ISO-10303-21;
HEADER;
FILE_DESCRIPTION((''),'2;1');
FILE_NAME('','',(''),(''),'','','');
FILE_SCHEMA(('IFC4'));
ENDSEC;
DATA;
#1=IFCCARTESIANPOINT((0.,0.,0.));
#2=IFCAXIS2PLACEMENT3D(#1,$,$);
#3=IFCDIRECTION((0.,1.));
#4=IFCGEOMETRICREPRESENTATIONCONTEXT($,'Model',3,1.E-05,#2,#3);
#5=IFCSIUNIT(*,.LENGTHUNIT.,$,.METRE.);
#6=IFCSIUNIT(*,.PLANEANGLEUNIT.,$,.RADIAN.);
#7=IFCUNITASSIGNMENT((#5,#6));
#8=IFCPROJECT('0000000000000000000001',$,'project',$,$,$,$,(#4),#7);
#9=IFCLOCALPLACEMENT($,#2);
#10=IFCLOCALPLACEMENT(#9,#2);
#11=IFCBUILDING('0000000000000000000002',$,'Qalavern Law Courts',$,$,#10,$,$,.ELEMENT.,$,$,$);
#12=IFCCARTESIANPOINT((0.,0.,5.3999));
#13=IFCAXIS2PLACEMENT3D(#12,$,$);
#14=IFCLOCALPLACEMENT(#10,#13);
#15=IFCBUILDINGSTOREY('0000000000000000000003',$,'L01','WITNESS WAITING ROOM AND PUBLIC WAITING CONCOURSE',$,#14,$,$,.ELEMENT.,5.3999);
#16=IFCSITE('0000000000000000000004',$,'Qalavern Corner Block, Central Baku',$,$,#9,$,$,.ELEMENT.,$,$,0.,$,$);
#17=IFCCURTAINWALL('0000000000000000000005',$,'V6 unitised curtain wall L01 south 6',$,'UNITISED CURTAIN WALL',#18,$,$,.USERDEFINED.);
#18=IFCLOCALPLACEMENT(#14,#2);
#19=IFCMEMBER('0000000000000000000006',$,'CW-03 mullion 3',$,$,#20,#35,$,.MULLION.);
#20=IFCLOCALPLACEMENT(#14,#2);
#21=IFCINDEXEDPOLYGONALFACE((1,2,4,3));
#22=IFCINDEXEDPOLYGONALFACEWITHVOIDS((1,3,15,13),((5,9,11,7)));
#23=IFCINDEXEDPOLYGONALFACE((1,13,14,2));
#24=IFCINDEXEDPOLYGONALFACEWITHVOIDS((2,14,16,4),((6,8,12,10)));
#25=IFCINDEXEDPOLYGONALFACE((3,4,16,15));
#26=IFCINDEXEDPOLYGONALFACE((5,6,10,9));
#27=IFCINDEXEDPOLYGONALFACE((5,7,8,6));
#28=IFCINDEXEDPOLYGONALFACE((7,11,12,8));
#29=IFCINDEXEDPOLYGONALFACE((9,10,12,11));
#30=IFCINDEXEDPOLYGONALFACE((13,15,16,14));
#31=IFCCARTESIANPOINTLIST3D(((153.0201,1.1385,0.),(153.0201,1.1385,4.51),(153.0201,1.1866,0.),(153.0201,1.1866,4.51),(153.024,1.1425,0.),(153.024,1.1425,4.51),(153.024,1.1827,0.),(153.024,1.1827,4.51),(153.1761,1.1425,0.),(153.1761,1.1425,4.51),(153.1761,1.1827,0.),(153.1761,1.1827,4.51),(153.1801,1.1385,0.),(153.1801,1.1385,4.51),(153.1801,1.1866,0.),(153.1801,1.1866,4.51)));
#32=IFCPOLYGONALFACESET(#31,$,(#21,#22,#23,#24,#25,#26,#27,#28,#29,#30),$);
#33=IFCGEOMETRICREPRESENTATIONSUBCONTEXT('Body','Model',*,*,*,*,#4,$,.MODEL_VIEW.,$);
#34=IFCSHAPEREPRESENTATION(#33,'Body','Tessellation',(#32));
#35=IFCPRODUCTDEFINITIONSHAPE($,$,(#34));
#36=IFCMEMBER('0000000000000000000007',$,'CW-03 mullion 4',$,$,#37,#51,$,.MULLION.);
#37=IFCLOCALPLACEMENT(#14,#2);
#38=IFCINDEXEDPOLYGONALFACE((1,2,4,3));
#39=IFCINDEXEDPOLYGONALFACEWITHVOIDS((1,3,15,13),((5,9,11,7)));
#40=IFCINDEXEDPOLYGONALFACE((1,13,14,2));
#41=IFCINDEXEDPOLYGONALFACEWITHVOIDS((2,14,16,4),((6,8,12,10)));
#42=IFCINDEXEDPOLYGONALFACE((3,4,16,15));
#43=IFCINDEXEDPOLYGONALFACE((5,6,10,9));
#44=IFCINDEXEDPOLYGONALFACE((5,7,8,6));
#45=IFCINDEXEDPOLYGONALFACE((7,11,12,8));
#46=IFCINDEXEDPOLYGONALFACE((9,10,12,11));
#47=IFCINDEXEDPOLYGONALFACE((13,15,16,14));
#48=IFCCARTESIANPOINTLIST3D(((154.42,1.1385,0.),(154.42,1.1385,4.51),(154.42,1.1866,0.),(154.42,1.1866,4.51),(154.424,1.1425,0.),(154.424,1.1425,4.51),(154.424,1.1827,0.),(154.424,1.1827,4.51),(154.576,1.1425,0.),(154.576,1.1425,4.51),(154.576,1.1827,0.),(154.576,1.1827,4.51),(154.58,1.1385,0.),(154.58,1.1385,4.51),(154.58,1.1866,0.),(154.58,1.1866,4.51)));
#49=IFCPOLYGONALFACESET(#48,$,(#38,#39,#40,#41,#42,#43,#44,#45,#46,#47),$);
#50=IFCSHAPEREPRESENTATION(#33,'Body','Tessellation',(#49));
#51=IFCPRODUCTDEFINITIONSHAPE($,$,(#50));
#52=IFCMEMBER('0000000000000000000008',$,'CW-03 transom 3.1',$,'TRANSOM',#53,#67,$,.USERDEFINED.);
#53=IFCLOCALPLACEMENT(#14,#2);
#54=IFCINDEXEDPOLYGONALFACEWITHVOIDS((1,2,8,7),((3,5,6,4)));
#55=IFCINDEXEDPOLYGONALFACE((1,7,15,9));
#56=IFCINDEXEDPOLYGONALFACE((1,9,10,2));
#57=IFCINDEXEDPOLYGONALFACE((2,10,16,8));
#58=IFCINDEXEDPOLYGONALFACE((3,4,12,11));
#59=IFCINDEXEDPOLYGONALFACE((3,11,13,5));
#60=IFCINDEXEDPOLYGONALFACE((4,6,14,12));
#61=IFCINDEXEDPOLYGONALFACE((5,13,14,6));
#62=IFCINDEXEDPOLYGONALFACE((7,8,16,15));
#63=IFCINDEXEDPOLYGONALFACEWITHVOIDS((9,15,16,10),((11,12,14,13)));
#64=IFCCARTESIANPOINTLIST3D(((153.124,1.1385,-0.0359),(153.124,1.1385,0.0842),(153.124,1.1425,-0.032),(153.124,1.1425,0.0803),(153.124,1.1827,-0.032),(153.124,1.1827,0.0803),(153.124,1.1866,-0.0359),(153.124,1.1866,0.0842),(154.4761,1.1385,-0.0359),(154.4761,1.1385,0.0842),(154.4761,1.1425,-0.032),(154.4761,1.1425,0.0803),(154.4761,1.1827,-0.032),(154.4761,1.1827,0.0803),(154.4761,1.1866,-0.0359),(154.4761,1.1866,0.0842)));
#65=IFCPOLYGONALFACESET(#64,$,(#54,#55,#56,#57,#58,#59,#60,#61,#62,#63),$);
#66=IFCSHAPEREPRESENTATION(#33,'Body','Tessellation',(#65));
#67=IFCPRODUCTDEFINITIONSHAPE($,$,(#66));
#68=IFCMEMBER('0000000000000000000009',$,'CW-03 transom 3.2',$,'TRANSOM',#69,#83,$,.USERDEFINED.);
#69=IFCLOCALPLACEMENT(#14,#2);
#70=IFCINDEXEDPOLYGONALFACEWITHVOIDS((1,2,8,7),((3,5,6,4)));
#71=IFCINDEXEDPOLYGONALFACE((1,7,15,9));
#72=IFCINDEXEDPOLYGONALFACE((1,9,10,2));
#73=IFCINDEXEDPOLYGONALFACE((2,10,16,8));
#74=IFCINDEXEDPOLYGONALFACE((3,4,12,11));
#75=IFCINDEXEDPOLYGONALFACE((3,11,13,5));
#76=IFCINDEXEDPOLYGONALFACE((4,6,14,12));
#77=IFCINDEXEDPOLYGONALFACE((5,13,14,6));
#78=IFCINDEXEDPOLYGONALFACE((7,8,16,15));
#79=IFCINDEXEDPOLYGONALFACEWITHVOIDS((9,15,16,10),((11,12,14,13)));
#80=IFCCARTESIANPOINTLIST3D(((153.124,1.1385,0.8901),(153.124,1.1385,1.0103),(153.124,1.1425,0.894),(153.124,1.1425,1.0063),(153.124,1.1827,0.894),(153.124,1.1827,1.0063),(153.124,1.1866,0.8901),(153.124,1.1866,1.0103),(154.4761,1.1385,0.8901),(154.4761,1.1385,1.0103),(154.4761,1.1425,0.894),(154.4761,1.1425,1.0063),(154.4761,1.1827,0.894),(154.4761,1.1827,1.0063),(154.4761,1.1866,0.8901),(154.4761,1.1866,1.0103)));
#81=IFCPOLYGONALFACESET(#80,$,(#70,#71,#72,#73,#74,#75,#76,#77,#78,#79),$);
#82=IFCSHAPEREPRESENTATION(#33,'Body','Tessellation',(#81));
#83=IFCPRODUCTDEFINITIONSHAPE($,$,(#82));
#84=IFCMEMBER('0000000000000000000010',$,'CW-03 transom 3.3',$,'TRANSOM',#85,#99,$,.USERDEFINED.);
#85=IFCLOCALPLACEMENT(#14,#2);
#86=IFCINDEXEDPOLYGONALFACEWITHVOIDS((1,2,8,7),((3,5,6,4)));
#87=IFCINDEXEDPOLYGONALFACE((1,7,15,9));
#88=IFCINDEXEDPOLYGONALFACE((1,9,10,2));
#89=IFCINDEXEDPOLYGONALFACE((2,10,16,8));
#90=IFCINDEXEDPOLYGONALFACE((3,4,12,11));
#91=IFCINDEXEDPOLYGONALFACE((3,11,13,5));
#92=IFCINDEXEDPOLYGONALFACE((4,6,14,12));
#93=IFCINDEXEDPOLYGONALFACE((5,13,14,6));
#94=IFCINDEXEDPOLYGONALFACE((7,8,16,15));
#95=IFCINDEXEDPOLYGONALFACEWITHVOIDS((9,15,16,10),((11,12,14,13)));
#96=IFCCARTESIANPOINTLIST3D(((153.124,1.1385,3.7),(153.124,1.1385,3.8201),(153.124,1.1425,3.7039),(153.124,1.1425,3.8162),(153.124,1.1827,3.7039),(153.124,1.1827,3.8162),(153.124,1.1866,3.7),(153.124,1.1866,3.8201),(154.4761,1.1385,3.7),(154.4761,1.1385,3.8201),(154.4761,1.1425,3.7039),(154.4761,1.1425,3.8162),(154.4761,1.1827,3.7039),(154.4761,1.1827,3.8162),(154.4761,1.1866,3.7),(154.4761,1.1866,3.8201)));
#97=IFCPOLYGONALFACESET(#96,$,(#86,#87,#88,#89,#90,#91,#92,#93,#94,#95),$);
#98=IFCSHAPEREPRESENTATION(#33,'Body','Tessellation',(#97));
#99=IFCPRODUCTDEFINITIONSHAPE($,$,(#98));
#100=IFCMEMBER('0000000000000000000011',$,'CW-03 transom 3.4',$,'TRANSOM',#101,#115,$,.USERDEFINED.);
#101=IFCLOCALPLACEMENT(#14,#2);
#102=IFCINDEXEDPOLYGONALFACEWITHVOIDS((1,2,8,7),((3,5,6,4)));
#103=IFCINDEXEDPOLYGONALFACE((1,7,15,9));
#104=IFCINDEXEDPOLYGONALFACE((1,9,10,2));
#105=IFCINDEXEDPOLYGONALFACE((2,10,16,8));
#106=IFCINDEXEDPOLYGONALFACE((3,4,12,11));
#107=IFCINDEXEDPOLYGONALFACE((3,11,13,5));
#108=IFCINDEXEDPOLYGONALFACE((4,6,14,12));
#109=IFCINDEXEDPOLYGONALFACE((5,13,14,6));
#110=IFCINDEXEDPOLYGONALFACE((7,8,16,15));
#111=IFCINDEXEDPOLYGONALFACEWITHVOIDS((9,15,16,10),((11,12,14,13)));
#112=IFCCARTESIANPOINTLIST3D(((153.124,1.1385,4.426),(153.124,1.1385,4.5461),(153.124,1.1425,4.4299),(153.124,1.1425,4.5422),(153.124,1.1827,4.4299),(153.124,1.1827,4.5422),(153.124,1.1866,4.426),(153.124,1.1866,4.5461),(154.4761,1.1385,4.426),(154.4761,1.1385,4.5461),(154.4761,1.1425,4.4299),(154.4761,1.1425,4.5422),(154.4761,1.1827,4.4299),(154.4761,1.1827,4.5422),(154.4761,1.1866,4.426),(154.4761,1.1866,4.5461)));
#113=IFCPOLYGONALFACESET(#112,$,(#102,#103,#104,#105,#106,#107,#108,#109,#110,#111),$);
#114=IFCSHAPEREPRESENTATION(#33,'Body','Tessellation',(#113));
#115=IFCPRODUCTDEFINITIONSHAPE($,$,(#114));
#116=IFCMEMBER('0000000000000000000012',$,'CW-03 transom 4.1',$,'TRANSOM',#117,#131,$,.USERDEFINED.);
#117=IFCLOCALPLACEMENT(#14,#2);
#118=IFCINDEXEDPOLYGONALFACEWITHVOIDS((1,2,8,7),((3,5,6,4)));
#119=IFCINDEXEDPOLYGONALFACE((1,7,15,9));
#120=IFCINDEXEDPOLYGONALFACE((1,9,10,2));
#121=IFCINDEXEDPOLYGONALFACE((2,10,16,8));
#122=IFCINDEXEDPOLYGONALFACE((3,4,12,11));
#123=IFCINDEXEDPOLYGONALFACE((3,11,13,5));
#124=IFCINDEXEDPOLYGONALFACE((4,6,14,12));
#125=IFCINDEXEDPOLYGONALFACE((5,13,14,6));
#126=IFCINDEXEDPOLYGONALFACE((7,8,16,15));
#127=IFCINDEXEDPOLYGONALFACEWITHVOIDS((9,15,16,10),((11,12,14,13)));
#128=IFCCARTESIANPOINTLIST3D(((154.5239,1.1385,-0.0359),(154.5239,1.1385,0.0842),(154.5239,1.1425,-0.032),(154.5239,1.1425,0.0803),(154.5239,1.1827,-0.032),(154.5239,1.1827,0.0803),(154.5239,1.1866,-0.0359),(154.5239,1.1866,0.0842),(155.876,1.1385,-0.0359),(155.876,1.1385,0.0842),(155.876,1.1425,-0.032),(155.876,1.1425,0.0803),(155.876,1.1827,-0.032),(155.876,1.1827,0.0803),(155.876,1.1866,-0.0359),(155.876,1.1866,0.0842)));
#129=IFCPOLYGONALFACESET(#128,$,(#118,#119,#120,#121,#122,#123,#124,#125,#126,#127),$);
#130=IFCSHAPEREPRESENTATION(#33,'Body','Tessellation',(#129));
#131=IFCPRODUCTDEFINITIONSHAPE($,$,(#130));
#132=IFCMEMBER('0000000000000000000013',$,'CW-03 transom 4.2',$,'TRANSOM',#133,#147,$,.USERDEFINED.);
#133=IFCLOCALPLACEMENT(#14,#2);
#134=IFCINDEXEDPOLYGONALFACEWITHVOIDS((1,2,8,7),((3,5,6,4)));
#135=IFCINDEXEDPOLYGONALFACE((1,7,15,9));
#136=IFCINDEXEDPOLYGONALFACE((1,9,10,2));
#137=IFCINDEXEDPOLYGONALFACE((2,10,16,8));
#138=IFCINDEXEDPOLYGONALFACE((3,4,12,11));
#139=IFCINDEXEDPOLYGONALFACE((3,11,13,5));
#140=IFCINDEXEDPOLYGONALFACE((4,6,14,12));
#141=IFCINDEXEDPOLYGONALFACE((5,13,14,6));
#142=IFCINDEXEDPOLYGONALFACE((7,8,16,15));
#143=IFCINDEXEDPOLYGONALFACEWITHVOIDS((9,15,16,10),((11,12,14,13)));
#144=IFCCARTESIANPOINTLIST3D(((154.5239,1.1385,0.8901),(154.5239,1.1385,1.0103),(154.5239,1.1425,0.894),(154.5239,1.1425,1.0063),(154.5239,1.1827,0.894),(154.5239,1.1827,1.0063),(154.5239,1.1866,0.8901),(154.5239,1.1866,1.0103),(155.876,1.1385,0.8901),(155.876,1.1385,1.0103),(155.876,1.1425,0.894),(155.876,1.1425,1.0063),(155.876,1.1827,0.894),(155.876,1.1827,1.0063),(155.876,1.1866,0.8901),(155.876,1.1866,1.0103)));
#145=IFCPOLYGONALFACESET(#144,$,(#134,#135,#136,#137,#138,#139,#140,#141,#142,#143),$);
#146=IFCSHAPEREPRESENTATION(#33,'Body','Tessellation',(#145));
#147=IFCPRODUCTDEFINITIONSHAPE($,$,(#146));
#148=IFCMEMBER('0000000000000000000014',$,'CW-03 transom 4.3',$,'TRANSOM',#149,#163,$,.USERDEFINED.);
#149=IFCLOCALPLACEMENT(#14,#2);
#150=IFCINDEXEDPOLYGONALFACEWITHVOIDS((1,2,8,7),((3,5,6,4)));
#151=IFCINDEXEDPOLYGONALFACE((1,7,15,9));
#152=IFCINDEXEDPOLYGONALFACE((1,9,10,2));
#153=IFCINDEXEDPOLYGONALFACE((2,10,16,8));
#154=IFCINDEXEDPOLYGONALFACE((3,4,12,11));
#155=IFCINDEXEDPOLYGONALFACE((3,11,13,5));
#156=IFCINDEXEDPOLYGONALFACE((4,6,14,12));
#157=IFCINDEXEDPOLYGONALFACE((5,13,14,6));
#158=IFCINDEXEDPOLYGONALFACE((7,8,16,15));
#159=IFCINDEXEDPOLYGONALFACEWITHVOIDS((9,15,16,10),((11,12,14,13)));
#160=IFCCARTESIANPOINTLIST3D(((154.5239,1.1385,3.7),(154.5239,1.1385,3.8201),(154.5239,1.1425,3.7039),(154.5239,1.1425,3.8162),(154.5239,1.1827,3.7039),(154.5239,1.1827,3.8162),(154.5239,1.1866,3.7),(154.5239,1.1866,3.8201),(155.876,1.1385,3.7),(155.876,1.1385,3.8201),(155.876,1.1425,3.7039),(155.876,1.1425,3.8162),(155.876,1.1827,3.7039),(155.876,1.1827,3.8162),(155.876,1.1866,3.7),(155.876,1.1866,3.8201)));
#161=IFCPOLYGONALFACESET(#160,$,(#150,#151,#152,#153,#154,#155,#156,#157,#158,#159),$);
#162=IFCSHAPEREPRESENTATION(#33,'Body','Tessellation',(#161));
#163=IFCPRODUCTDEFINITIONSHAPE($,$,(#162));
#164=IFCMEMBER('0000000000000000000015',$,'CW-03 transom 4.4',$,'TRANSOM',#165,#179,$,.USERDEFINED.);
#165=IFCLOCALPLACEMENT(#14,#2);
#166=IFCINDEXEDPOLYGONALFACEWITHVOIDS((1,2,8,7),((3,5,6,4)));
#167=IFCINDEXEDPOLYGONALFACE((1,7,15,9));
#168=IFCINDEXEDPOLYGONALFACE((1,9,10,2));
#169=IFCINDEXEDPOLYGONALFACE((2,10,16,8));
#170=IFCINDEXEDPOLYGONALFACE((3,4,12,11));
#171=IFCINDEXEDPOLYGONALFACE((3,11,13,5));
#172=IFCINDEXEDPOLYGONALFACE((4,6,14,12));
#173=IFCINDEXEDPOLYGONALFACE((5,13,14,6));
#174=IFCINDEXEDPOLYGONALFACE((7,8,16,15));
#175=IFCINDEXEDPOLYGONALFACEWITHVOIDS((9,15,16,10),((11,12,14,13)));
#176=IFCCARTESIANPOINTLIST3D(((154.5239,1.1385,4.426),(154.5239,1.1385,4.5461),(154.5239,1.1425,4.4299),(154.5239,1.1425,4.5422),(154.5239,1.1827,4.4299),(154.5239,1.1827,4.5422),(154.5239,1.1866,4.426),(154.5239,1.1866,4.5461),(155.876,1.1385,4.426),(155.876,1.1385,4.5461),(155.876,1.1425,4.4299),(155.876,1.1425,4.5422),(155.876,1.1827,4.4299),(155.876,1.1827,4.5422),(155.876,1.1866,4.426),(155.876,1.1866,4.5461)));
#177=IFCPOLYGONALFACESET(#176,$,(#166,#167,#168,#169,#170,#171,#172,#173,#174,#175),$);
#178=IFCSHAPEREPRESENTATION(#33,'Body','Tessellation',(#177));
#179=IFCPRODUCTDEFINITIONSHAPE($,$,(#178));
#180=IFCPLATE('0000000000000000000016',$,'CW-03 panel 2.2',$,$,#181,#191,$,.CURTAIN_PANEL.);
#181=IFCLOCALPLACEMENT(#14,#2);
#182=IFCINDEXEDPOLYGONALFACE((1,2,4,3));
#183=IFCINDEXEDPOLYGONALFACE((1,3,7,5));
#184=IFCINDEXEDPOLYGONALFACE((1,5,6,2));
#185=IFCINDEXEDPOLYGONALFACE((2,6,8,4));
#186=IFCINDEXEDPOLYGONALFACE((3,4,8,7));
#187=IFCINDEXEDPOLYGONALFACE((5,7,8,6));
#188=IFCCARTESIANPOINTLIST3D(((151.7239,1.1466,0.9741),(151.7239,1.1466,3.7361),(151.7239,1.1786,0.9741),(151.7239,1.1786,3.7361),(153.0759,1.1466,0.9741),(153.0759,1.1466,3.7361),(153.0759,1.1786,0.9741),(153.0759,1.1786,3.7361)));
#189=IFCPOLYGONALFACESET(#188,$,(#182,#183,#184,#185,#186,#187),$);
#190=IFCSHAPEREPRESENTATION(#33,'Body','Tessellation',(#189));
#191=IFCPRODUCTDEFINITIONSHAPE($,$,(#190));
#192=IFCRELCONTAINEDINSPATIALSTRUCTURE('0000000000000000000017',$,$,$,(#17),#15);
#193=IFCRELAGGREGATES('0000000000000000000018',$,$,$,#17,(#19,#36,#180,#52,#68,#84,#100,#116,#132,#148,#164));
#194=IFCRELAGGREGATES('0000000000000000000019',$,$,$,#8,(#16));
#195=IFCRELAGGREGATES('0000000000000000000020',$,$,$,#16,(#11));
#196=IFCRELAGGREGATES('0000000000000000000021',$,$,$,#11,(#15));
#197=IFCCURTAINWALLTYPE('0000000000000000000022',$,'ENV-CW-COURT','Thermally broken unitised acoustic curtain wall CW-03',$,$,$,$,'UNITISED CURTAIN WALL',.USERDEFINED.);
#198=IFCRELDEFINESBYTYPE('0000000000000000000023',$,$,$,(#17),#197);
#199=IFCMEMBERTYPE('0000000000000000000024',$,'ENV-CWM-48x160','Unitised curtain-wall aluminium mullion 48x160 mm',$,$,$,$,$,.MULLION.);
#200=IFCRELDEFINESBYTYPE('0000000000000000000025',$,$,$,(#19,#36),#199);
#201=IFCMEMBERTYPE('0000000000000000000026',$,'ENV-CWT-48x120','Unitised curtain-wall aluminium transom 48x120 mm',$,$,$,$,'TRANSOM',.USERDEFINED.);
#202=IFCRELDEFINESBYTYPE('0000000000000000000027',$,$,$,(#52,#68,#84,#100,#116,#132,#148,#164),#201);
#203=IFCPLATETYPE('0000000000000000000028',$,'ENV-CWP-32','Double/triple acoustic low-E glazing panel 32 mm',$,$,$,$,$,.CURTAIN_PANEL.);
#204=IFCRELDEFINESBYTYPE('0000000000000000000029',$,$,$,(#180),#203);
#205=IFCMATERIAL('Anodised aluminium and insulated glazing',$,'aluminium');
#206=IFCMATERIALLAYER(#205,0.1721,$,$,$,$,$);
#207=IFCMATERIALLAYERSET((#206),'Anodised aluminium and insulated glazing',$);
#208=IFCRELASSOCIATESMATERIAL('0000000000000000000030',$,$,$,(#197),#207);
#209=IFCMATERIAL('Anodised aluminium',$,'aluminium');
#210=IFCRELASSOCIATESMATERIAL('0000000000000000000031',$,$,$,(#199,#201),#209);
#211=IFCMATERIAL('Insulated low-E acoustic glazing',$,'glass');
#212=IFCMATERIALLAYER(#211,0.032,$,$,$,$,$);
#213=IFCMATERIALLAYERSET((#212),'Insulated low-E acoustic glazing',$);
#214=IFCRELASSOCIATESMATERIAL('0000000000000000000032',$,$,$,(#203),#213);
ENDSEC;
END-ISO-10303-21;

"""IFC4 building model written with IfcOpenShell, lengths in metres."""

from ifc_helpers import new_model, si_unit, direction, frame, origin, origin_2d, place, context, subcontext, project, spatial, rectangle, hollow_rectangle, extrude, material, layer, layer_set, material_profile, profile_set, type_object, element, aggregate, save


model = new_model("IFC4")

# Units and contexts
model_context = context("Model", 3, precision=1e-05, world=origin(), true_north=direction((0.0, 1.0)))
body_context = subcontext(model_context, "Body", "Model", "MODEL_VIEW")
ifc_project = project(units=[si_unit("LENGTHUNIT", "METRE"), si_unit("PLANEANGLEUNIT", "RADIAN")], contexts=[model_context])

# Site, building, storey
site_placement = place(None, origin())
site = spatial("IfcSite", under=ifc_project, at=site_placement, Name="Qalavern Corner Block, Central Baku", CompositionType="ELEMENT", RefElevation=0.0)
building_placement = place(site_placement, origin())
building = spatial("IfcBuilding", under=site, at=building_placement, Name="Qalavern Law Courts", CompositionType="ELEMENT")
storey_placement = place(building_placement, frame((0.0, 0.0, 5.3999)))
storey = spatial("IfcBuildingStorey", under=building, at=storey_placement, Name="L01", Description="WITNESS WAITING ROOM AND PUBLIC WAITING CONCOURSE", CompositionType="ELEMENT", Elevation=5.3999)

# Curtain wall, members, plate
ifc_material_1 = material(Name="Anodised aluminium and insulated glazing", Category="aluminium")
ifc_layer_1 = layer(ifc_material_1, 0.1721)
ifc_layer_set_1 = layer_set([ifc_layer_1], Name="Anodised aluminium and insulated glazing")
curtain_wall_type = type_object("IfcCurtainWallType", Name="ENV-CW-COURT", Description="Thermally broken unitised acoustic curtain wall CW-03", ElementType="UNITISED CURTAIN WALL", PredefinedType="USERDEFINED", material=ifc_layer_set_1)
curtain_wall_placement = place(storey_placement, origin())
curtain_wall = element("IfcCurtainWall", 1, at=curtain_wall_placement, inside=storey, type_object=curtain_wall_type, Name="V6 unitised curtain wall L01 south 6", ObjectType="UNITISED CURTAIN WALL", PredefinedType="USERDEFINED")
ifc_material_2 = material(Name="Anodised aluminium", Category="aluminium")
ifc_material_profile_1 = material_profile(ifc_material_2, hollow_rectangle(XDim=0.0481, YDim=0.1599, WallThickness=0.0039, at=origin_2d()), Name="ALU MULLION 48x160")
ifc_profile_set_1 = profile_set([ifc_material_profile_1], Name="Anodised aluminium")
member_type_1 = type_object("IfcMemberType", Name="ENV-CWM-48x160", Description="Unitised curtain-wall aluminium mullion 48x160 mm", PredefinedType="MULLION", material=ifc_profile_set_1)
member_1_placement = place(storey_placement, frame((153.1001, 1.1626, 0.0), z_axis=(0.0, 0.0, 1.0), x_axis=(0.0, 1.0, 0.0)))
member_1 = element("IfcMember", 2, at=member_1_placement, type_object=member_type_1, Name="CW-03 mullion 3", PredefinedType="MULLION", context=body_context, shape_type="SweptSolid", body=[
    extrude(hollow_rectangle(XDim=0.0481, YDim=0.1599, WallThickness=0.0039, at=origin_2d()), origin(), (0.0, 0.0, 1.0), 4.51),
])
member_2_placement = place(storey_placement, frame((154.5, 1.1626, 0.0), z_axis=(0.0, 0.0, 1.0), x_axis=(0.0, 1.0, 0.0)))
member_2 = element("IfcMember", 3, at=member_2_placement, type_object=member_type_1, Name="CW-03 mullion 4", PredefinedType="MULLION", context=body_context, shape_type="SweptSolid", body=[
    extrude(hollow_rectangle(XDim=0.0481, YDim=0.1599, WallThickness=0.0039, at=origin_2d()), origin(), (0.0, 0.0, 1.0), 4.51),
])
ifc_material_profile_2 = material_profile(ifc_material_2, hollow_rectangle(XDim=0.0481, YDim=0.1201, WallThickness=0.0039, at=origin_2d()), Name="ALU TRANSOM 48x120")
ifc_profile_set_2 = profile_set([ifc_material_profile_2], Name="Anodised aluminium")
member_type_2 = type_object("IfcMemberType", Name="ENV-CWT-48x120", Description="Unitised curtain-wall aluminium transom 48x120 mm", ElementType="TRANSOM", PredefinedType="USERDEFINED", material=ifc_profile_set_2)
member_3_placement = place(storey_placement, frame((153.124, 1.1626, 0.0242), z_axis=(1.0, 0.0, 0.0), x_axis=(0.0, 1.0, 0.0)))
member_3 = element("IfcMember", 4, at=member_3_placement, type_object=member_type_2, Name="CW-03 transom 3.1", ObjectType="TRANSOM", PredefinedType="USERDEFINED", context=body_context, shape_type="SweptSolid", body=[
    extrude(hollow_rectangle(XDim=0.0481, YDim=0.1201, WallThickness=0.0039, at=origin_2d()), origin(), (0.0, 0.0, 1.0), 1.3521),
])
member_4_placement = place(storey_placement, frame((153.124, 1.1626, 0.9502), z_axis=(1.0, 0.0, 0.0), x_axis=(0.0, 1.0, 0.0)))
member_4 = element("IfcMember", 5, at=member_4_placement, type_object=member_type_2, Name="CW-03 transom 3.2", ObjectType="TRANSOM", PredefinedType="USERDEFINED", context=body_context, shape_type="SweptSolid", body=[
    extrude(hollow_rectangle(XDim=0.0481, YDim=0.1201, WallThickness=0.0039, at=origin_2d()), origin(), (0.0, 0.0, 1.0), 1.3521),
])
member_5_placement = place(storey_placement, frame((153.124, 1.1626, 3.76), z_axis=(1.0, 0.0, 0.0), x_axis=(0.0, 1.0, 0.0)))
member_5 = element("IfcMember", 6, at=member_5_placement, type_object=member_type_2, Name="CW-03 transom 3.3", ObjectType="TRANSOM", PredefinedType="USERDEFINED", context=body_context, shape_type="SweptSolid", body=[
    extrude(hollow_rectangle(XDim=0.0481, YDim=0.1201, WallThickness=0.0039, at=origin_2d()), origin(), (0.0, 0.0, 1.0), 1.3521),
])
member_6_placement = place(storey_placement, frame((153.124, 1.1626, 4.4861), z_axis=(1.0, 0.0, 0.0), x_axis=(0.0, 1.0, 0.0)))
member_6 = element("IfcMember", 7, at=member_6_placement, type_object=member_type_2, Name="CW-03 transom 3.4", ObjectType="TRANSOM", PredefinedType="USERDEFINED", context=body_context, shape_type="SweptSolid", body=[
    extrude(hollow_rectangle(XDim=0.0481, YDim=0.1201, WallThickness=0.0039, at=origin_2d()), origin(), (0.0, 0.0, 1.0), 1.3521),
])
member_7_placement = place(storey_placement, frame((154.5239, 1.1626, 0.0242), z_axis=(1.0, 0.0, 0.0), x_axis=(0.0, 1.0, 0.0)))
member_7 = element("IfcMember", 8, at=member_7_placement, type_object=member_type_2, Name="CW-03 transom 4.1", ObjectType="TRANSOM", PredefinedType="USERDEFINED", context=body_context, shape_type="SweptSolid", body=[
    extrude(hollow_rectangle(XDim=0.0481, YDim=0.1201, WallThickness=0.0039, at=origin_2d()), origin(), (0.0, 0.0, 1.0), 1.3521),
])
member_8_placement = place(storey_placement, frame((154.5239, 1.1626, 0.9502), z_axis=(1.0, 0.0, 0.0), x_axis=(0.0, 1.0, 0.0)))
member_8 = element("IfcMember", 9, at=member_8_placement, type_object=member_type_2, Name="CW-03 transom 4.2", ObjectType="TRANSOM", PredefinedType="USERDEFINED", context=body_context, shape_type="SweptSolid", body=[
    extrude(hollow_rectangle(XDim=0.0481, YDim=0.1201, WallThickness=0.0039, at=origin_2d()), origin(), (0.0, 0.0, 1.0), 1.3521),
])
member_9_placement = place(storey_placement, frame((154.5239, 1.1626, 3.76), z_axis=(1.0, 0.0, 0.0), x_axis=(0.0, 1.0, 0.0)))
member_9 = element("IfcMember", 10, at=member_9_placement, type_object=member_type_2, Name="CW-03 transom 4.3", ObjectType="TRANSOM", PredefinedType="USERDEFINED", context=body_context, shape_type="SweptSolid", body=[
    extrude(hollow_rectangle(XDim=0.0481, YDim=0.1201, WallThickness=0.0039, at=origin_2d()), origin(), (0.0, 0.0, 1.0), 1.3521),
])
member_10_placement = place(storey_placement, frame((154.5239, 1.1626, 4.4861), z_axis=(1.0, 0.0, 0.0), x_axis=(0.0, 1.0, 0.0)))
member_10 = element("IfcMember", 11, at=member_10_placement, type_object=member_type_2, Name="CW-03 transom 4.4", ObjectType="TRANSOM", PredefinedType="USERDEFINED", context=body_context, shape_type="SweptSolid", body=[
    extrude(hollow_rectangle(XDim=0.0481, YDim=0.1201, WallThickness=0.0039, at=origin_2d()), origin(), (0.0, 0.0, 1.0), 1.3521),
])
ifc_material_3 = material(Name="Insulated low-E acoustic glazing", Category="glass")
ifc_layer_2 = layer(ifc_material_3, 0.032)
ifc_layer_set_2 = layer_set([ifc_layer_2], Name="Insulated low-E acoustic glazing")
plate_type = type_object("IfcPlateType", Name="ENV-CWP-32", Description="Double/triple acoustic low-E glazing panel 32 mm", PredefinedType="CURTAIN_PANEL", material=ifc_layer_set_2)
plate_1_placement = place(storey_placement, frame((152.3999, 1.1626, 0.9741), z_axis=(0.0, 0.0, 1.0), x_axis=(1.0, 0.0, 0.0)))
plate_1 = element("IfcPlate", 12, at=plate_1_placement, type_object=plate_type, Name="CW-03 panel 2.2", PredefinedType="CURTAIN_PANEL", context=body_context, shape_type="SweptSolid", body=[
    extrude(rectangle(XDim=1.3521, YDim=0.032, at=origin_2d()), origin(), (0.0, 0.0, 1.0), 2.762),
])
aggregate(curtain_wall, [member_1, member_2, plate_1, member_3, member_4, member_5, member_6, member_7, member_8, member_9, member_10])

save(model, "model.ifc")
